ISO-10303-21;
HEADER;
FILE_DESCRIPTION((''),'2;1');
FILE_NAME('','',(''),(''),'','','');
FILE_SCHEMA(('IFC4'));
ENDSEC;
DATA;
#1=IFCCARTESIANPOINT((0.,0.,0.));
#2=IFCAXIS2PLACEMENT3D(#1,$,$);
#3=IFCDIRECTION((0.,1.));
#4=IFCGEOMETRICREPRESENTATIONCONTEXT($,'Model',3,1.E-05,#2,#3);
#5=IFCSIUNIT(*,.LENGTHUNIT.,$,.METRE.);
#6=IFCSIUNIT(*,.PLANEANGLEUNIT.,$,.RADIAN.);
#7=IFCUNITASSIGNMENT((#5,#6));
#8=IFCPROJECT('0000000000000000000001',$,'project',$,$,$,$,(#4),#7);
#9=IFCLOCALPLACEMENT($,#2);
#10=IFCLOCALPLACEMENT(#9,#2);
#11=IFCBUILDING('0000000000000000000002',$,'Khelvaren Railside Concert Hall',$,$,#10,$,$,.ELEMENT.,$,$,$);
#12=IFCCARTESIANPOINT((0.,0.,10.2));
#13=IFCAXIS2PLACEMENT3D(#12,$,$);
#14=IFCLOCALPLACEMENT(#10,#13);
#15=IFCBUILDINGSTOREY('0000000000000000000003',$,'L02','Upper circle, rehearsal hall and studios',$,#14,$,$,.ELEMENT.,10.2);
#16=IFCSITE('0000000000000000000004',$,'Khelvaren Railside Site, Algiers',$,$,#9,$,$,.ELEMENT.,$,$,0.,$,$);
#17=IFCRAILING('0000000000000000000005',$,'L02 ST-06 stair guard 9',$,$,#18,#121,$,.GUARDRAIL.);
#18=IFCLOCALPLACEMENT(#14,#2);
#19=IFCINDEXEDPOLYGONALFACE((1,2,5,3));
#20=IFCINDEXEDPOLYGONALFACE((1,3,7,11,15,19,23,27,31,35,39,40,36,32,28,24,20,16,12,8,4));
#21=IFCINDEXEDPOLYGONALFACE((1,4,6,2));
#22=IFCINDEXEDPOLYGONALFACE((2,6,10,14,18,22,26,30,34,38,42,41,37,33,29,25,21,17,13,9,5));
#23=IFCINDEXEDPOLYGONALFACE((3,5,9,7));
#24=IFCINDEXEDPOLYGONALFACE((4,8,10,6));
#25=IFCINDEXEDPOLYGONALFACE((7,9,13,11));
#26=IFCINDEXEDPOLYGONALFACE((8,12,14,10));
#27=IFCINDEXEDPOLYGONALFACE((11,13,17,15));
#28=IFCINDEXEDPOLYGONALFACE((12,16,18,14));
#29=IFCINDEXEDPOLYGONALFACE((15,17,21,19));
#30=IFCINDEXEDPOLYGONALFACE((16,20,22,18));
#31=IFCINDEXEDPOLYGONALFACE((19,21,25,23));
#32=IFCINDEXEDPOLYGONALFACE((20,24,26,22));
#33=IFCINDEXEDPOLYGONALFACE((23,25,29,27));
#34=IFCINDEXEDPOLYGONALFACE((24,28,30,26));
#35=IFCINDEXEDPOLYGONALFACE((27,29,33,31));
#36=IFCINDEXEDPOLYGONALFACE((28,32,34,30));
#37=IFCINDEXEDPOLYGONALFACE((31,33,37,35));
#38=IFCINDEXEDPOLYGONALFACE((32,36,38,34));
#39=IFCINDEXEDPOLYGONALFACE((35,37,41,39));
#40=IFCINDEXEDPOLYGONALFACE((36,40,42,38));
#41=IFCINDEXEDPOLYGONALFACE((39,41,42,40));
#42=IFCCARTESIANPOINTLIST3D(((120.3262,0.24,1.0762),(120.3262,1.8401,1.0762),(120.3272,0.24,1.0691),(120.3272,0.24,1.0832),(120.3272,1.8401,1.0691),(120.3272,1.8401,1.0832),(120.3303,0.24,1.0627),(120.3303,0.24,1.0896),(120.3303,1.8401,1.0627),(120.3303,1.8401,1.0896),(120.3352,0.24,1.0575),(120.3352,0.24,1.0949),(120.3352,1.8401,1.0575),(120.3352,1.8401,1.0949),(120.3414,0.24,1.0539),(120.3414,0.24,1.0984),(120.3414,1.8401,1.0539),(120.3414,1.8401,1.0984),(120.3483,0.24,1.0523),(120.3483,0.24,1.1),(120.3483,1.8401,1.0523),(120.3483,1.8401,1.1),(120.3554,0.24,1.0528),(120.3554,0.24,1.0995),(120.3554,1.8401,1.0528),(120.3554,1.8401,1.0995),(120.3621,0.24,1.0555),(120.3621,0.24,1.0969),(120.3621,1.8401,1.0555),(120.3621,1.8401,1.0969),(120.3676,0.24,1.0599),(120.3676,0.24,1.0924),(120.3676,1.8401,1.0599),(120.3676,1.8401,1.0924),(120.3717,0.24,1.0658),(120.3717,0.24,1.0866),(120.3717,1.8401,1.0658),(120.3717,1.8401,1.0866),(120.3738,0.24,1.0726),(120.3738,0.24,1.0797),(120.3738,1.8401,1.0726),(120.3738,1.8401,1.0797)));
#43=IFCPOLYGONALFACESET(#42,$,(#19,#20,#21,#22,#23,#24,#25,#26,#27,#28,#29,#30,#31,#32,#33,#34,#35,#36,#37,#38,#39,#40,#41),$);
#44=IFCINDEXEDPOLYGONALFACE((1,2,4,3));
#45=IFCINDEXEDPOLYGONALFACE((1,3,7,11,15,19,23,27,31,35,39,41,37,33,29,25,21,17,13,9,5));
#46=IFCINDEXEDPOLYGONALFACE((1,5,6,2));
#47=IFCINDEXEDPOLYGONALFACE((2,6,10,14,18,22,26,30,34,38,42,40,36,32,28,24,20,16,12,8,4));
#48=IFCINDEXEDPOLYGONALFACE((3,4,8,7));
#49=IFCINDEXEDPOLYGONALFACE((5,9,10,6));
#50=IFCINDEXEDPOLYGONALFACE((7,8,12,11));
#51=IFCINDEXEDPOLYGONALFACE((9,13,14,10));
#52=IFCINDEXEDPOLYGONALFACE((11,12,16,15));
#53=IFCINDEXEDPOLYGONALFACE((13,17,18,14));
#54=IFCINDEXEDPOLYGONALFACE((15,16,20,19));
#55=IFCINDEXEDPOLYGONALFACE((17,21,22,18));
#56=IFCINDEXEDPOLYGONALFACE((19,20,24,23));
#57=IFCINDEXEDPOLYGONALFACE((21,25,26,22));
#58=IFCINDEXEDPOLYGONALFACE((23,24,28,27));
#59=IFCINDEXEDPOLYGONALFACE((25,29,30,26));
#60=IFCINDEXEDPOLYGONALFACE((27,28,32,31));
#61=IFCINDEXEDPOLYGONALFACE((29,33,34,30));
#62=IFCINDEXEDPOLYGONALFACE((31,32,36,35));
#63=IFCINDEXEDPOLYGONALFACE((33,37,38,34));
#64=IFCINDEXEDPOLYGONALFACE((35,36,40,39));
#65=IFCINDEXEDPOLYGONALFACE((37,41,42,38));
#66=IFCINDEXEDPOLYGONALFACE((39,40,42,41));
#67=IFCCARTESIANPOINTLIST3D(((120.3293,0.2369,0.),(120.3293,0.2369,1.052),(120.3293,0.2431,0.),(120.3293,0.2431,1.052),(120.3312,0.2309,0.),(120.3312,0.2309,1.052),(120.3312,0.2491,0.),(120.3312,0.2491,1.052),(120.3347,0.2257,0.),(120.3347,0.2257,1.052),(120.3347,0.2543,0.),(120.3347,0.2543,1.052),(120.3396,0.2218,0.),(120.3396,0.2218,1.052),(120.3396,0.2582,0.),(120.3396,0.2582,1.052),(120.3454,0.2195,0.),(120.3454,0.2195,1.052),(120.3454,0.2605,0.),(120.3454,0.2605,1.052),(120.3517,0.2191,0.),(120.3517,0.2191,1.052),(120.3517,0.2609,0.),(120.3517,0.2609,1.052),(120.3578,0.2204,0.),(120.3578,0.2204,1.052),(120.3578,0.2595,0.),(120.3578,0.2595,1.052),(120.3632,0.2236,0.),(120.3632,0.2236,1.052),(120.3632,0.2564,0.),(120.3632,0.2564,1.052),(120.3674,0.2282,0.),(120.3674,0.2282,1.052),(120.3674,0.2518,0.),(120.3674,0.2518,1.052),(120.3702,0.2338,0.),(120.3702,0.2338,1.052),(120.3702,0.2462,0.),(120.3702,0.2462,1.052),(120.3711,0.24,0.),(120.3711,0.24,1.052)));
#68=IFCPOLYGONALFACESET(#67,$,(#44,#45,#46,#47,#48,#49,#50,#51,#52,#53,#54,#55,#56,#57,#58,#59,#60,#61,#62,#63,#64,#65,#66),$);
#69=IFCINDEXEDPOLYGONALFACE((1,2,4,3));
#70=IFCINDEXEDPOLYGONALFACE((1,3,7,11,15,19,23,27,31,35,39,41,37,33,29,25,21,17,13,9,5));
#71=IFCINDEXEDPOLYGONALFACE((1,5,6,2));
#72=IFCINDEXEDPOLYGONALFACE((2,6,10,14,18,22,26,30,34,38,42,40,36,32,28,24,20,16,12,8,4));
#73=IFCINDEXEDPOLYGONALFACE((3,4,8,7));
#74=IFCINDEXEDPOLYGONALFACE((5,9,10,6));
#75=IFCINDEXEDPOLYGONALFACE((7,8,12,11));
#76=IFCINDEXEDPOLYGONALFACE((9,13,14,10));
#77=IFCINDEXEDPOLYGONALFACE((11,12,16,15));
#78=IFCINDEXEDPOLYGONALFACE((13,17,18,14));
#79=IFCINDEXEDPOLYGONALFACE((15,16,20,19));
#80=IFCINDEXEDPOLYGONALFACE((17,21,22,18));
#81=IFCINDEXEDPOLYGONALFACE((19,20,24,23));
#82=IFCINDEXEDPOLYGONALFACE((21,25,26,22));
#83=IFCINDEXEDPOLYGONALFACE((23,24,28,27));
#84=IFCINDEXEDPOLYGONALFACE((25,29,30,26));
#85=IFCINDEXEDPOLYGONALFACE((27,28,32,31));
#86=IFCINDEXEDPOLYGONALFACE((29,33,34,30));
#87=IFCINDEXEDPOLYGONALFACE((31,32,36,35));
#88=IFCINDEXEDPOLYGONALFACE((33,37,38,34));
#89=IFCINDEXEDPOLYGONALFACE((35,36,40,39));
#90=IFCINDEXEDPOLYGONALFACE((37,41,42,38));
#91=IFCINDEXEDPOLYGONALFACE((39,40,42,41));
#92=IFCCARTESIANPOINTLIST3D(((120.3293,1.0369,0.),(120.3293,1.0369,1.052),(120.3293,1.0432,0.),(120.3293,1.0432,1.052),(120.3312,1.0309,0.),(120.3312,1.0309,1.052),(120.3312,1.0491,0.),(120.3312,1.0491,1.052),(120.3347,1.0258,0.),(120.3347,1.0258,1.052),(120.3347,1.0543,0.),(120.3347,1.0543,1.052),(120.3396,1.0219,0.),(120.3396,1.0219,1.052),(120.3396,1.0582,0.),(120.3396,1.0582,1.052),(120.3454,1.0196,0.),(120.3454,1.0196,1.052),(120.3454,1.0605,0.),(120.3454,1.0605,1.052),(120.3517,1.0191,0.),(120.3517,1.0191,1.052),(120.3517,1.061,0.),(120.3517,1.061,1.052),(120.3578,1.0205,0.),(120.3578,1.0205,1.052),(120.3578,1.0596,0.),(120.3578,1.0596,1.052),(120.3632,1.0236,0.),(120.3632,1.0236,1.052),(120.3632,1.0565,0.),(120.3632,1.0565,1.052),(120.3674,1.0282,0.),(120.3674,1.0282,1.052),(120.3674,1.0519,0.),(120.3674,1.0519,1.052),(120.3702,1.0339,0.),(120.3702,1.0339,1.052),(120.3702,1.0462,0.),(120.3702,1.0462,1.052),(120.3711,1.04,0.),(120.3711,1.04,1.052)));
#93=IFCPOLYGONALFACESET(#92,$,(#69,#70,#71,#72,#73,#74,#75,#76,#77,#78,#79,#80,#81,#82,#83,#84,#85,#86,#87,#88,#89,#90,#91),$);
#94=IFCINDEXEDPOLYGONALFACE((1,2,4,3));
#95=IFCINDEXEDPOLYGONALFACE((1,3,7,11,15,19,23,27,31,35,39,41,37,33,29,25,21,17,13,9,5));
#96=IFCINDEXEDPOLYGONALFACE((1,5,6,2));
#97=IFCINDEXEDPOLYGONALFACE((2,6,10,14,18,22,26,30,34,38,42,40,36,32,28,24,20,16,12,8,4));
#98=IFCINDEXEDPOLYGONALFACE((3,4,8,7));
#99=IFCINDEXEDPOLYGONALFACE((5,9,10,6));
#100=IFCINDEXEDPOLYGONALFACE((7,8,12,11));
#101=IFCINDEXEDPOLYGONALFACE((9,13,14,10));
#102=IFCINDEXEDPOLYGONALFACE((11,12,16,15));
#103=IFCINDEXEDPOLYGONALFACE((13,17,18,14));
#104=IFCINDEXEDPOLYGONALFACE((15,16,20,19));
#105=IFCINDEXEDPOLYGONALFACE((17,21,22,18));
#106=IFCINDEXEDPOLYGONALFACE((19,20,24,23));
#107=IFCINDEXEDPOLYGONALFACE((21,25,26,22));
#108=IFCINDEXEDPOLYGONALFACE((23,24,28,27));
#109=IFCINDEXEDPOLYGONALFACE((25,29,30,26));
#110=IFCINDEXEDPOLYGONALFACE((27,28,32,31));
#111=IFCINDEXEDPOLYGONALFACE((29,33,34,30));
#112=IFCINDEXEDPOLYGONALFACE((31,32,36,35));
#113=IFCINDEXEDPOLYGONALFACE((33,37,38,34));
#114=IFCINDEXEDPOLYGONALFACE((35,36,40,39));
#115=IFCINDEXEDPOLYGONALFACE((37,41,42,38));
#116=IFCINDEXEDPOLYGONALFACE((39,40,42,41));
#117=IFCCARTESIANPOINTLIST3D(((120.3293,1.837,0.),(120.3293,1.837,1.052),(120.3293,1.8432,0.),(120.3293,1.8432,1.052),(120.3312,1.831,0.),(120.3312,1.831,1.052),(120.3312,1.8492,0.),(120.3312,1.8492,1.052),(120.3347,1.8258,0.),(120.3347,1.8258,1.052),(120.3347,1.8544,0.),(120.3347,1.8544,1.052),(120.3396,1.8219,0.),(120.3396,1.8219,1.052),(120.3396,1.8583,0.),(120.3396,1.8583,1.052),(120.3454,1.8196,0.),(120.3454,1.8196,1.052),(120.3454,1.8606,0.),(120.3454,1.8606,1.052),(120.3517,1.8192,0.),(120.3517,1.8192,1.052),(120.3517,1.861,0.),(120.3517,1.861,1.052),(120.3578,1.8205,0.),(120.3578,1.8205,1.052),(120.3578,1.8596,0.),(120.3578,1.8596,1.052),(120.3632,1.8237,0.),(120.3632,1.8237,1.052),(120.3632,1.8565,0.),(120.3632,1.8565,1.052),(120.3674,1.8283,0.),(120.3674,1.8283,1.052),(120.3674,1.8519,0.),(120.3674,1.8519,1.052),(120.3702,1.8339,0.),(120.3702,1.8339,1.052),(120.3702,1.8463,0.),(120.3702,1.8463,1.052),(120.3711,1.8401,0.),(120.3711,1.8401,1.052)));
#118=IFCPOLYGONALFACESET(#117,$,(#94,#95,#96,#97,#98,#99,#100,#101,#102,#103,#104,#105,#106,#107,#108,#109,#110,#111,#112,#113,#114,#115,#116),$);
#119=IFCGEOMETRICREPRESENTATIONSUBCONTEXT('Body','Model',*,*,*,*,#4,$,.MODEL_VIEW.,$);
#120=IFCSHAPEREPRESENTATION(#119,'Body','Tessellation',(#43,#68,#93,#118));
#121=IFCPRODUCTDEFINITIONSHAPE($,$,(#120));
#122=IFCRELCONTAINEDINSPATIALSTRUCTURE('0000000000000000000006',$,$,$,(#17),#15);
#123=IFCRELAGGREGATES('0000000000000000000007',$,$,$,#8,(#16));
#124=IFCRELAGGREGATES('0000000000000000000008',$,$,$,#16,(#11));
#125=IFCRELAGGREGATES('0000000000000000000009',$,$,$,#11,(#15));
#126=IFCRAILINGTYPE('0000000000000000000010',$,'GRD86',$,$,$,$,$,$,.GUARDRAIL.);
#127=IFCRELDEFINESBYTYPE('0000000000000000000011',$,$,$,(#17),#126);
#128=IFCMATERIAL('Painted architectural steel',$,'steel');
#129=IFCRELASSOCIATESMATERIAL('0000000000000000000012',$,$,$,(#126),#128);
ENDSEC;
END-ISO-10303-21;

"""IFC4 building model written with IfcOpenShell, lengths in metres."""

from ifc_helpers import new_model, si_unit, direction, frame, origin, origin_2d, place, context, subcontext, project, spatial, circle, extrude, material, type_object, element, save


model = new_model("IFC4")

# Units and contexts
model_context = context("Model", 3, precision=1e-05, world=origin(), true_north=direction((0.0, 1.0)))
body_context = subcontext(model_context, "Body", "Model", "MODEL_VIEW")
ifc_project = project(units=[si_unit("LENGTHUNIT", "METRE"), si_unit("PLANEANGLEUNIT", "RADIAN")], contexts=[model_context])

# Site, building, storey
site_placement = place(None, origin())
site = spatial("IfcSite", under=ifc_project, at=site_placement, Name="Khelvaren Railside Site, Algiers", CompositionType="ELEMENT", RefElevation=0.0)
building_placement = place(site_placement, origin())
building = spatial("IfcBuilding", under=site, at=building_placement, Name="Khelvaren Railside Concert Hall", CompositionType="ELEMENT")
storey_placement = place(building_placement, frame((0.0, 0.0, 10.2)))
storey = spatial("IfcBuildingStorey", under=building, at=storey_placement, Name="L02", Description="Upper circle, rehearsal hall and studios", CompositionType="ELEMENT", Elevation=10.2)

# Railing
ifc_material_1 = material(Name="Painted architectural steel", Category="steel")
railing_type = type_object("IfcRailingType", Name="GRD86", PredefinedType="GUARDRAIL", material=ifc_material_1)
for number, where, name in (
    (1, (120.3501, 0.24, 0.0), "L02 ST-06 stair guard 9"),
):
    element("IfcRailing", number, at=place(storey_placement, frame(where)), inside=storey, type_object=railing_type, Name=name, PredefinedType="GUARDRAIL", context=body_context, shape_type="SweptSolid", body=[
        extrude(circle(Radius=0.0239, at=origin_2d()), frame((0.0, 0.0, 1.0762), z_axis=(0.0, 1.0, 0.0), x_axis=(-1.0, 0.0, 0.0)), (0.0, 0.0, 1.0), 1.6001),
        extrude(circle(Radius=0.021, at=origin_2d()), origin(), (0.0, 0.0, 1.0), 1.052),
        extrude(circle(Radius=0.021, at=origin_2d()), frame((0.0, 0.8, 0.0)), (0.0, 0.0, 1.0), 1.052),
        extrude(circle(Radius=0.021, at=origin_2d()), frame((0.0, 1.6001, 0.0)), (0.0, 0.0, 1.0), 1.052),
    ])

save(model, "model.ifc")
